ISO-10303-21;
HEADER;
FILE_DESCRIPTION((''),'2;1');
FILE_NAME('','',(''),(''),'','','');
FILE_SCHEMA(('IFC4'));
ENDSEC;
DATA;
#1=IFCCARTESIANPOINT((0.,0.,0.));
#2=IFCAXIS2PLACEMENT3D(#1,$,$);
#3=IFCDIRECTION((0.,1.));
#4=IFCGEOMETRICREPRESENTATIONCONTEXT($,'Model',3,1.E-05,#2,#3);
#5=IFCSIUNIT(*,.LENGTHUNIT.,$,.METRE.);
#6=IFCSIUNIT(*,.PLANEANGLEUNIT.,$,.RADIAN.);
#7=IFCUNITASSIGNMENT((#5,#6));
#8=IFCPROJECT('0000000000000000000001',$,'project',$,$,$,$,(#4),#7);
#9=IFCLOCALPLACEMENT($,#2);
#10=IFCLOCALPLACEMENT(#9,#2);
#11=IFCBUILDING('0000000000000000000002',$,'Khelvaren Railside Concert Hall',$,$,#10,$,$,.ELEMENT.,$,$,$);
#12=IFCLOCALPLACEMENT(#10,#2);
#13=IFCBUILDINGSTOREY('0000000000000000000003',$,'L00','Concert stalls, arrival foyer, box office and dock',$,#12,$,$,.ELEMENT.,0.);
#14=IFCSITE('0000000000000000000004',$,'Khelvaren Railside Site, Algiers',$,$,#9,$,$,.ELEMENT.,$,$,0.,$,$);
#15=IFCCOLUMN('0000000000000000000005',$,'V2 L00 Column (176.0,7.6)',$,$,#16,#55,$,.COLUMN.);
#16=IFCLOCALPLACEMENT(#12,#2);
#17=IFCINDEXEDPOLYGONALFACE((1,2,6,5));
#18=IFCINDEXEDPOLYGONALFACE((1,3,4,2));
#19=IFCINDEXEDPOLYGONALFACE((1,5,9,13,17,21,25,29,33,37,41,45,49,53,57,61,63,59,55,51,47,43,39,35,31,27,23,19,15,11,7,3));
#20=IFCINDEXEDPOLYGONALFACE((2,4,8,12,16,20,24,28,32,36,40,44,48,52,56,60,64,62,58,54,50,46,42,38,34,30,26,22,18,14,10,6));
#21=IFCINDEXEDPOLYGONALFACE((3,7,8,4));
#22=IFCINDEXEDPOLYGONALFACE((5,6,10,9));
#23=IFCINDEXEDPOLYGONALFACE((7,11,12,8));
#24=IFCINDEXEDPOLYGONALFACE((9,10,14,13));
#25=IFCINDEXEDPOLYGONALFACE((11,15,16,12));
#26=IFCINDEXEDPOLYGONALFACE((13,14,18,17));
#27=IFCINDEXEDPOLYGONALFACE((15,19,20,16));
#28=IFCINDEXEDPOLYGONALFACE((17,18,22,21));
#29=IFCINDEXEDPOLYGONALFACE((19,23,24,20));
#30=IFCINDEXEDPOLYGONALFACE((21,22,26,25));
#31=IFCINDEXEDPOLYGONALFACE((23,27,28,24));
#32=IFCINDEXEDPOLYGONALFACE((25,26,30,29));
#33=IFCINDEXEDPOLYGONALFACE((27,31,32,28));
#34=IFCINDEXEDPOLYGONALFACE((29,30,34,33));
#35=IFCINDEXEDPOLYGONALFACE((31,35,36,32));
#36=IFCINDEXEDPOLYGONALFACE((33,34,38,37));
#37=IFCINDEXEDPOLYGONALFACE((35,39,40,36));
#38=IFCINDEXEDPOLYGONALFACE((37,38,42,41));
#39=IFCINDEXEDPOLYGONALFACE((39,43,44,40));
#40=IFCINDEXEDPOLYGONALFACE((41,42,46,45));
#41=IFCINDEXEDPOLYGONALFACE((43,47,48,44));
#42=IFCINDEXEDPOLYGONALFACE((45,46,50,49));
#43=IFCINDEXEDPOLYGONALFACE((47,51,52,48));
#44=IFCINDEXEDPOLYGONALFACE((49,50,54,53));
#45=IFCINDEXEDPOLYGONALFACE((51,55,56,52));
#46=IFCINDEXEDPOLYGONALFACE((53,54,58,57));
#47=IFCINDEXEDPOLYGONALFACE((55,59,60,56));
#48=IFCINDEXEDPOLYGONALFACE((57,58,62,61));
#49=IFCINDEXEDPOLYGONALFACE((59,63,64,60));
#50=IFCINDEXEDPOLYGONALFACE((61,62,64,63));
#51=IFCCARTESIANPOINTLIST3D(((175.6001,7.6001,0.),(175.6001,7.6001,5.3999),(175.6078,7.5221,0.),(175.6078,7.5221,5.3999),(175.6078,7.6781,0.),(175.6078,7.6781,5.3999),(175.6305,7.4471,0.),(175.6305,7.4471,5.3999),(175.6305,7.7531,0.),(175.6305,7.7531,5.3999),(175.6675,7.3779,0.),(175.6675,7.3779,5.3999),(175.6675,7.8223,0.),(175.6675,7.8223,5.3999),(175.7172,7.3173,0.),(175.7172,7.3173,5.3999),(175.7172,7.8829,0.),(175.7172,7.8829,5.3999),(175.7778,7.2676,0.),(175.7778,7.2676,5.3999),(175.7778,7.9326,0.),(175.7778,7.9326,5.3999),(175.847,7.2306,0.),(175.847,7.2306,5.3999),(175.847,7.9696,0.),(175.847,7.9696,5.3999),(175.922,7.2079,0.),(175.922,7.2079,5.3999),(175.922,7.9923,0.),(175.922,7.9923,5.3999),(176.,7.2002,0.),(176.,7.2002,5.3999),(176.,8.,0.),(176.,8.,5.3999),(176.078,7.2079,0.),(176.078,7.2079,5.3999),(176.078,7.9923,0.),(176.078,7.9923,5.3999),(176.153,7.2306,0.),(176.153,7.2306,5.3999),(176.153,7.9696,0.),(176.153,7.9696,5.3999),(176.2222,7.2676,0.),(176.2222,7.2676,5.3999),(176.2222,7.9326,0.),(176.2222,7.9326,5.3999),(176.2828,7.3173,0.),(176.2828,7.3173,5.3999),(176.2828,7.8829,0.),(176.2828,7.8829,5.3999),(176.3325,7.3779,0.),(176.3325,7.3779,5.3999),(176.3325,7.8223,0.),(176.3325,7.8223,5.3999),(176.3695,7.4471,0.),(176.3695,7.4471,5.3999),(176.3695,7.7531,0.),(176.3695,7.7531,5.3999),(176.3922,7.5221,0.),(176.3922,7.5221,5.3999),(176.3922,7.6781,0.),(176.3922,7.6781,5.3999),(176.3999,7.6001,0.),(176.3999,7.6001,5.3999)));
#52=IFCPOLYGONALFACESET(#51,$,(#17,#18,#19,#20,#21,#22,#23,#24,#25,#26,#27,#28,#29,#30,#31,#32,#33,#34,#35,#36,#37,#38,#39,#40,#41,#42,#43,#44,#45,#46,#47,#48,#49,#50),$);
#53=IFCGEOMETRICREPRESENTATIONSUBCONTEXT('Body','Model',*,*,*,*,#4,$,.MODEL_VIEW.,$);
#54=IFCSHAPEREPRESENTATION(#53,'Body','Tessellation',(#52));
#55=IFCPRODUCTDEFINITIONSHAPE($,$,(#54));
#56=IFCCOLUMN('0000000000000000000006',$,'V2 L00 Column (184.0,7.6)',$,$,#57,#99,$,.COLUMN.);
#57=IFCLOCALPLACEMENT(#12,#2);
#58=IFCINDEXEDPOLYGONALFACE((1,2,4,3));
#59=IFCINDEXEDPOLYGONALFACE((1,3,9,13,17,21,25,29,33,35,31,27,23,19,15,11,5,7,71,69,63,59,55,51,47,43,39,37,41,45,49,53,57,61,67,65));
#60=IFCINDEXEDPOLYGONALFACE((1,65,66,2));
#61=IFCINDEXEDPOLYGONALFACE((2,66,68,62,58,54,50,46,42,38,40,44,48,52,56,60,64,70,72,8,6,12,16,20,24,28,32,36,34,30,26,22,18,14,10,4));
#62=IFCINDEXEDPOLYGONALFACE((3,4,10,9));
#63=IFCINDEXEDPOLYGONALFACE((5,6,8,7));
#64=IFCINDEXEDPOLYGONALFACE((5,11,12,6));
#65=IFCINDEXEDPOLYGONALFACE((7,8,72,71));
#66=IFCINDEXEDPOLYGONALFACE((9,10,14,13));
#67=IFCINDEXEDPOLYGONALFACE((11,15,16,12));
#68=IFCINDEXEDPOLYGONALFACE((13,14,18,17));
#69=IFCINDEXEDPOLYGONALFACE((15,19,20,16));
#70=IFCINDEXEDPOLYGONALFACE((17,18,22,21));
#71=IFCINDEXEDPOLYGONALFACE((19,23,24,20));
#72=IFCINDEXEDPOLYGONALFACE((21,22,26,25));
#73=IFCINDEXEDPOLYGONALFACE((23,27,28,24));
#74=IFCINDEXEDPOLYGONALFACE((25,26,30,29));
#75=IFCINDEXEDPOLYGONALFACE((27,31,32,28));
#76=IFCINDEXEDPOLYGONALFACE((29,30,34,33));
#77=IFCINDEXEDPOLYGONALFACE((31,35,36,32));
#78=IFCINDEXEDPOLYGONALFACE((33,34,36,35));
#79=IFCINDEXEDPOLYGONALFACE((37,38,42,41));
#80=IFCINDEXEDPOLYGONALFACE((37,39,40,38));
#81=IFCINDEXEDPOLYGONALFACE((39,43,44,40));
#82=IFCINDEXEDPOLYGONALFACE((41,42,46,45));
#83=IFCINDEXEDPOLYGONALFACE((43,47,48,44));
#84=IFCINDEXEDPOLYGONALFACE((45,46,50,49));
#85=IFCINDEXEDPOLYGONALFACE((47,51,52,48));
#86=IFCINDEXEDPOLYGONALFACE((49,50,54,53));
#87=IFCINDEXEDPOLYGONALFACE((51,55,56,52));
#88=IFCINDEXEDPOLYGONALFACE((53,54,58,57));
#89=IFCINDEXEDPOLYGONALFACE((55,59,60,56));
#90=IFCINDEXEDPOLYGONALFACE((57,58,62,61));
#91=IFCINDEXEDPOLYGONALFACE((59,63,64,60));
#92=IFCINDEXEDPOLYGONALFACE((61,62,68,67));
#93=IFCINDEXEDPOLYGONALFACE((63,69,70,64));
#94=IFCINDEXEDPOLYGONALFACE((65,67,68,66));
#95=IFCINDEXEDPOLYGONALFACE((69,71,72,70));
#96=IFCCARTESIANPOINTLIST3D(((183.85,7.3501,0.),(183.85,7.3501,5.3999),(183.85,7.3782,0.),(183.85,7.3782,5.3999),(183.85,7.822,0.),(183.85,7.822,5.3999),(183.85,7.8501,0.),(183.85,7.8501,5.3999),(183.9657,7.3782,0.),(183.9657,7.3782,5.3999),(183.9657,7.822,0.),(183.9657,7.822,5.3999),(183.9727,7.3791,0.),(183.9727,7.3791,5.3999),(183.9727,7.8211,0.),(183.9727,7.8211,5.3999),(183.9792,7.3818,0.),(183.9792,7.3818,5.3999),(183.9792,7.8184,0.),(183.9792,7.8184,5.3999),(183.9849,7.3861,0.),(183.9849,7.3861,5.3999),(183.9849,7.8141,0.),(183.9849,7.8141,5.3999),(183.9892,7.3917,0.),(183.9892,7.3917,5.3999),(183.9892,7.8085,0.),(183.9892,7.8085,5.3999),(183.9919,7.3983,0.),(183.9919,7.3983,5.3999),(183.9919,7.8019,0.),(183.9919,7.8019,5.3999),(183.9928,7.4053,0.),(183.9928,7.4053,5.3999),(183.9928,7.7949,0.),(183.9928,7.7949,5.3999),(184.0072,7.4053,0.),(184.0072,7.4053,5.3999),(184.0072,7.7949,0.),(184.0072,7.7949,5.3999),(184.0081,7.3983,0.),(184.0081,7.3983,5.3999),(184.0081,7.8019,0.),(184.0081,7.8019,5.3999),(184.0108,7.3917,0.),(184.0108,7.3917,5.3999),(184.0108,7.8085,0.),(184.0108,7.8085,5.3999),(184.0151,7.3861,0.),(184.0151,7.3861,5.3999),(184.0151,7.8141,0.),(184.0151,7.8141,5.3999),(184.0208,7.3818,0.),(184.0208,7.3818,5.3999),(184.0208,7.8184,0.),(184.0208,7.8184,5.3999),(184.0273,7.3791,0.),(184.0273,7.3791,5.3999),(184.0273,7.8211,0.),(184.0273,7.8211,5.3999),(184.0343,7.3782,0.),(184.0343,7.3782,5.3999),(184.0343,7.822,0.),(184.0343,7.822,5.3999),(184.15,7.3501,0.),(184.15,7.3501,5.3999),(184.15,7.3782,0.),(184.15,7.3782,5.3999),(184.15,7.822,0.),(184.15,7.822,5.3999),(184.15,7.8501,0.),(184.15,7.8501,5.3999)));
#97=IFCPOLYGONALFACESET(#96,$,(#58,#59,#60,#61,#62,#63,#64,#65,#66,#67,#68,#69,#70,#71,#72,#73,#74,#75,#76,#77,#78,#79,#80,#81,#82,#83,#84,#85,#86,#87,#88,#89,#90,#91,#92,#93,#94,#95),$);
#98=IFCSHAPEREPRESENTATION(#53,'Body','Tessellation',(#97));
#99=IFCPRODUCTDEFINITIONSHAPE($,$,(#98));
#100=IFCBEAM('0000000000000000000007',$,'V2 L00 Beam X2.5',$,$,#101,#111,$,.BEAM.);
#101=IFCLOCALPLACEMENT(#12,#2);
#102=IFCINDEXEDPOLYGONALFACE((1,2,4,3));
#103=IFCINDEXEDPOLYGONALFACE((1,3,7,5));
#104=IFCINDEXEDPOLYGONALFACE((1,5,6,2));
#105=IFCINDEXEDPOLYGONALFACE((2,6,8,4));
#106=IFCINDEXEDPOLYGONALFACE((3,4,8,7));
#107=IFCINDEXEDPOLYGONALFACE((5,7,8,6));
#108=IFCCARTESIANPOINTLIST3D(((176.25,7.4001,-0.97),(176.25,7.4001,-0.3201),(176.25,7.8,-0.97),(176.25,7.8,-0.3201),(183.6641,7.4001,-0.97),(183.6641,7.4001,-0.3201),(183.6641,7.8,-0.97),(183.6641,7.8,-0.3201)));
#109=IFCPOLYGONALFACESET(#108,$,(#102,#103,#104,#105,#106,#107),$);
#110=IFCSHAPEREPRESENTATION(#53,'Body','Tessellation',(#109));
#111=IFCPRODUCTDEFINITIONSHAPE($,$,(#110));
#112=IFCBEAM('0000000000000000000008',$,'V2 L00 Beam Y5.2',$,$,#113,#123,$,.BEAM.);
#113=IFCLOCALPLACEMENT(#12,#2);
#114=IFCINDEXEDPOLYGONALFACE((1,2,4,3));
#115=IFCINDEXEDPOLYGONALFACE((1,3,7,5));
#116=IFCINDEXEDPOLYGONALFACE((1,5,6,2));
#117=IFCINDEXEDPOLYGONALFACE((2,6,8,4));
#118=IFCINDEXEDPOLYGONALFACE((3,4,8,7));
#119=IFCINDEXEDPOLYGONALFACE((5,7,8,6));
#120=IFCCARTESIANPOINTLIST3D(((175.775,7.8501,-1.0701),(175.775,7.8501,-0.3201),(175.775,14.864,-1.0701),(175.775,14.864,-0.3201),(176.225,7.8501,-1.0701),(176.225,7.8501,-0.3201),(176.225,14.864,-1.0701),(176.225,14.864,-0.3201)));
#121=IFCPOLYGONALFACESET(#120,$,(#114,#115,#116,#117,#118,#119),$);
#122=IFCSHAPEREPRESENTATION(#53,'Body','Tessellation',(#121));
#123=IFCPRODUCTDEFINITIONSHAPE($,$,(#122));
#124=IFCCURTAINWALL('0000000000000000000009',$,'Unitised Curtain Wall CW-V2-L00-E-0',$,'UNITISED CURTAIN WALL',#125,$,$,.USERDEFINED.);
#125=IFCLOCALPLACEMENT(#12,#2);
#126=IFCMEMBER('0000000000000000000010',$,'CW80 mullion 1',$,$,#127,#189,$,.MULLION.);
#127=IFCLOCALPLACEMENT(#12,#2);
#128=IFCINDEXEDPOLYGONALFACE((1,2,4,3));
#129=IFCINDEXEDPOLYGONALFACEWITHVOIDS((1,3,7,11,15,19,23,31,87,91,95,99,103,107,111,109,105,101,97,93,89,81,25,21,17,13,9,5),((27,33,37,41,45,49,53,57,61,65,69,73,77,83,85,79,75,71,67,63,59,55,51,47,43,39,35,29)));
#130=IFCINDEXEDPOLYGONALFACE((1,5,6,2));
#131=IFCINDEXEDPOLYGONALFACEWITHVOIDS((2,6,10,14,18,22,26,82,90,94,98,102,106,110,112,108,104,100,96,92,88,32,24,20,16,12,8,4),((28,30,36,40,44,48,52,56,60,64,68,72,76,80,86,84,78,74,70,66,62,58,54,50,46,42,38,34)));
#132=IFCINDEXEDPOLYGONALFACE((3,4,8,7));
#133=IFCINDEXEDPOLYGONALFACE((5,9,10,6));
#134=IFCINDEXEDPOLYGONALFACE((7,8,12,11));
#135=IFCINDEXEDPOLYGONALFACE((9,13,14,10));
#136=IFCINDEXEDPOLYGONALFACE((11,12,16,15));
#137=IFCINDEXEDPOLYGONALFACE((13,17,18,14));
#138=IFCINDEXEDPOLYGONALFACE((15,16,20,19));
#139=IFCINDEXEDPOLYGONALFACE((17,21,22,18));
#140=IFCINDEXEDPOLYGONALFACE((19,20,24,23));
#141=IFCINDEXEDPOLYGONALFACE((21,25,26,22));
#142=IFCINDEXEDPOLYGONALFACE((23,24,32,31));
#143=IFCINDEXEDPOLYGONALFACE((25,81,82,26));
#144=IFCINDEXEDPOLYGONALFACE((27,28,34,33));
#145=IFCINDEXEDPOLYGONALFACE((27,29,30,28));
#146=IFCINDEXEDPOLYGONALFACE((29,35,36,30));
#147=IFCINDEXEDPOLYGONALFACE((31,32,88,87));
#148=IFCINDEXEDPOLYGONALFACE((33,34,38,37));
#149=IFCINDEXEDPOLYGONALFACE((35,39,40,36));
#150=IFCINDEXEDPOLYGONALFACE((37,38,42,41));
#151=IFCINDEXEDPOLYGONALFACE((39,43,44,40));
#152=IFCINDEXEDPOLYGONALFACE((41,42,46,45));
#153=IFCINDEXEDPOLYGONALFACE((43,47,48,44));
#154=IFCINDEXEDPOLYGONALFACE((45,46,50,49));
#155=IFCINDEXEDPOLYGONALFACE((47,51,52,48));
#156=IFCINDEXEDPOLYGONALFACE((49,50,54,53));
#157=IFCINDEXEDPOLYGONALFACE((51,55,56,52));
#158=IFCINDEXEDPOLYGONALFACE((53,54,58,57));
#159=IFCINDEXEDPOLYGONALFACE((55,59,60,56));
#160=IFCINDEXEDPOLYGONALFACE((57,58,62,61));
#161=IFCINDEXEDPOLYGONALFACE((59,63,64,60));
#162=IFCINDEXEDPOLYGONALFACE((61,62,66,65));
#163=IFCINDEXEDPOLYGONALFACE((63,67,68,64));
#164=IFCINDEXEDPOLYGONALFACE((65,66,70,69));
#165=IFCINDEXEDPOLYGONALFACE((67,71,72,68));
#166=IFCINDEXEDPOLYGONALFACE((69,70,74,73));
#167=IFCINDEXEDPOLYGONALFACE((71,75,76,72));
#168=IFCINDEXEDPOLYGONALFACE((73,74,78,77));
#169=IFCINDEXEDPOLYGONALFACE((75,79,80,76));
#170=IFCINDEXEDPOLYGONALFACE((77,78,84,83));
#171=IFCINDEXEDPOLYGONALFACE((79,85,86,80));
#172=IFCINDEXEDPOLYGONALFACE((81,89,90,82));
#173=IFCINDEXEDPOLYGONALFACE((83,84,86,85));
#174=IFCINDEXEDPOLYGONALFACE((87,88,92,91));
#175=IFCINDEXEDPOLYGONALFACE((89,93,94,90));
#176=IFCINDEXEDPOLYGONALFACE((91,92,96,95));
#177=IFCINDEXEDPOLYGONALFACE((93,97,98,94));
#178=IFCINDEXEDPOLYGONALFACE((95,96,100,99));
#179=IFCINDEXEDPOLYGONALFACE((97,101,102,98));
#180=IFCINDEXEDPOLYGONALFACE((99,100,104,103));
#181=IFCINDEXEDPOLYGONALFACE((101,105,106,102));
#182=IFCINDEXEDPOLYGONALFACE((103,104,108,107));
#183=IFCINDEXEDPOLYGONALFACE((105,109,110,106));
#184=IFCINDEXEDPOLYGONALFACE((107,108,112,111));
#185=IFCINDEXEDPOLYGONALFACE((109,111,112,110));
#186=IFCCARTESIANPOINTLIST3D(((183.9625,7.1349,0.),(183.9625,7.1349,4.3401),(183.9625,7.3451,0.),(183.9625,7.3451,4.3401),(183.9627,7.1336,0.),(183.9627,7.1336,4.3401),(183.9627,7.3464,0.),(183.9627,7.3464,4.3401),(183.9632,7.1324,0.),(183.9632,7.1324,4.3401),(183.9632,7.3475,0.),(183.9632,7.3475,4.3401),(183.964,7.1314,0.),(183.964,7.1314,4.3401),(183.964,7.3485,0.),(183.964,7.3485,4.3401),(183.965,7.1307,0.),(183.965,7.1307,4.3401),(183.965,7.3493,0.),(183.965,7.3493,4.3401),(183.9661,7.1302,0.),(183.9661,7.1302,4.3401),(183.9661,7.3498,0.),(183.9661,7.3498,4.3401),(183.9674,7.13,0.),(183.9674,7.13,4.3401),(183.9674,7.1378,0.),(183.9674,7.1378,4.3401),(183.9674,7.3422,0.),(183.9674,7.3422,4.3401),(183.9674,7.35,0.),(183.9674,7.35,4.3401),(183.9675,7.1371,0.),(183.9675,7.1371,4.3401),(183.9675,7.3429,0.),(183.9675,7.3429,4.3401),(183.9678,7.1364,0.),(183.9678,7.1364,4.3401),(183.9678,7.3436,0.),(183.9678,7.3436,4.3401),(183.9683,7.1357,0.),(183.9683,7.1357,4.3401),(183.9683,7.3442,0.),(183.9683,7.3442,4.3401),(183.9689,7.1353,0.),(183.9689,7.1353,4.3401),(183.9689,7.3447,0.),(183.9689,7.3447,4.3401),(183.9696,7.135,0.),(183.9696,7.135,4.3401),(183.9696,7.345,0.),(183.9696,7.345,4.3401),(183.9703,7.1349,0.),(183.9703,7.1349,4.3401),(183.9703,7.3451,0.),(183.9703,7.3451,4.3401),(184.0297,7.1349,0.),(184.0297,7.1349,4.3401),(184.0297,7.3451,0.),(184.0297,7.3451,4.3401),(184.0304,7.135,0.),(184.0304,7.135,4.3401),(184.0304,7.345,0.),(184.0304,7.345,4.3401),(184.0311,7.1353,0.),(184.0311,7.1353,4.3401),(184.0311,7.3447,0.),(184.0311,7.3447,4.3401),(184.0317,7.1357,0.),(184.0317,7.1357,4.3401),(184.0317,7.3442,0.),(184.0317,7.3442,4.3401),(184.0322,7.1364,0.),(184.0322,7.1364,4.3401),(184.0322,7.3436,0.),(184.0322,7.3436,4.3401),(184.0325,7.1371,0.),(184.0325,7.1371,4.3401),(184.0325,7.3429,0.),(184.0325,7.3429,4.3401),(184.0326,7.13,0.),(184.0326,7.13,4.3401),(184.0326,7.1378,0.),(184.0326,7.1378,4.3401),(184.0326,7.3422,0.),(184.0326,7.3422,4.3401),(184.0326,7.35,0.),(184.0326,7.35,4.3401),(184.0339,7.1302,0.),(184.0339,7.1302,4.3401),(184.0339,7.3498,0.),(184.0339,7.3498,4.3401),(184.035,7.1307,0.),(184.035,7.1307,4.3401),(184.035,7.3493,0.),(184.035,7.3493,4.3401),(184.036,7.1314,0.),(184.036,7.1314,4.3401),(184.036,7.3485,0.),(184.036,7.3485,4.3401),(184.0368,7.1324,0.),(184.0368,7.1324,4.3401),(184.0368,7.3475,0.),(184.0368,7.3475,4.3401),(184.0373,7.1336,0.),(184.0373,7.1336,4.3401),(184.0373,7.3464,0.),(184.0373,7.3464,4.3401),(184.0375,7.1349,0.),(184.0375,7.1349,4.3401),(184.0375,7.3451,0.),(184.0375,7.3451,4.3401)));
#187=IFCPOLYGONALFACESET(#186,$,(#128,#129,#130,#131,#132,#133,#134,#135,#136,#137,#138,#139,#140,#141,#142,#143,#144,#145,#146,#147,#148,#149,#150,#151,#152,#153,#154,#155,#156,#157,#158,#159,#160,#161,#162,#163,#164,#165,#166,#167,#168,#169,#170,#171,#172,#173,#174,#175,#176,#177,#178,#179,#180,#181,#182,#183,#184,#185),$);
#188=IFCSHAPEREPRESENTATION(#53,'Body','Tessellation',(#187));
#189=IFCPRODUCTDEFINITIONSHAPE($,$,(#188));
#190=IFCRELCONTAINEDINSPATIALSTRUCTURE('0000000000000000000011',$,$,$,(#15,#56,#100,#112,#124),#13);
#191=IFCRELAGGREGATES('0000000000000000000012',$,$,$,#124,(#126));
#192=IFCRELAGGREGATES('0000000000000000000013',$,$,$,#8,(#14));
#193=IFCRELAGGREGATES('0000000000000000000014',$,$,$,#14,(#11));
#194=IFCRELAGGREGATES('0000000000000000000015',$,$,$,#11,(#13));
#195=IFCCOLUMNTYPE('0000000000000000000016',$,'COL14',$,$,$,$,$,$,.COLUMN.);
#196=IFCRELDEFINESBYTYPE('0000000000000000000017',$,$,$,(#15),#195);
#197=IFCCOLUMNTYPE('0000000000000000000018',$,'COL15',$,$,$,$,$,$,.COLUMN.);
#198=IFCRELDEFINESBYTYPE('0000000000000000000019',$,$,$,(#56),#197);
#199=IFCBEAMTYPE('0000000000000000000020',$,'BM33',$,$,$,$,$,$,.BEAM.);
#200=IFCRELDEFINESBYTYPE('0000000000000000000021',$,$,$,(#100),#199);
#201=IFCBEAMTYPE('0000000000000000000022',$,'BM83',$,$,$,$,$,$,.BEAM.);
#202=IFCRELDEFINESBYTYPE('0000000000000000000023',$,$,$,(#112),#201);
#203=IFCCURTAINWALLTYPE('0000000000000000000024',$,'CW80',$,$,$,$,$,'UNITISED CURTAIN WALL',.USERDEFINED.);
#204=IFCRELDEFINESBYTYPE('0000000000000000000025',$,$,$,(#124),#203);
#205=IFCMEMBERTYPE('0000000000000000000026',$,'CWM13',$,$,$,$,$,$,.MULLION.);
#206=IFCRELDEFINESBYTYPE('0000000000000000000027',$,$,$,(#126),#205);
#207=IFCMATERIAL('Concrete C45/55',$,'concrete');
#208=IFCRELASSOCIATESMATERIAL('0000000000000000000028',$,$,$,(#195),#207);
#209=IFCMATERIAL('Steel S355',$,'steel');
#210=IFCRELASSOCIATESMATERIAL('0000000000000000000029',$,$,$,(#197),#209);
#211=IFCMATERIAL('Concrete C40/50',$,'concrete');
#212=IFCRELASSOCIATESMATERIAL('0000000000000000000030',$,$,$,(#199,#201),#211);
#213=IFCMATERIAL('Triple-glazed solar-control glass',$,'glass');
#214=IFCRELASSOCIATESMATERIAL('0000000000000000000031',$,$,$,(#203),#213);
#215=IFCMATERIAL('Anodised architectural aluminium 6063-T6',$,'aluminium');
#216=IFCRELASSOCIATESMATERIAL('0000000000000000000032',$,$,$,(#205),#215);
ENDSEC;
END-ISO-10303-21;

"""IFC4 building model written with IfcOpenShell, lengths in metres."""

from ifc_helpers import new_model, si_unit, direction, frame, origin, origin_2d, place, context, subcontext, project, spatial, rectangle, hollow_rectangle, circle, i_section, extrude, material, material_profile, profile_set, type_object, element, aggregate, save


model = new_model("IFC4")

# Units and contexts
model_context = context("Model", 3, precision=1e-05, world=origin(), true_north=direction((0.0, 1.0)))
body_context = subcontext(model_context, "Body", "Model", "MODEL_VIEW")
ifc_project = project(units=[si_unit("LENGTHUNIT", "METRE"), si_unit("PLANEANGLEUNIT", "RADIAN")], contexts=[model_context])

# Site, building, storey
site_placement = place(None, origin())
site = spatial("IfcSite", under=ifc_project, at=site_placement, Name="Khelvaren Railside Site, Algiers", CompositionType="ELEMENT", RefElevation=0.0)
building_placement = place(site_placement, origin())
building = spatial("IfcBuilding", under=site, at=building_placement, Name="Khelvaren Railside Concert Hall", CompositionType="ELEMENT")
storey_placement = place(building_placement, origin())
storey = spatial("IfcBuildingStorey", under=building, at=storey_placement, Name="L00", Description="Concert stalls, arrival foyer, box office and dock", CompositionType="ELEMENT", Elevation=0.0)

# Columns
ifc_material_1 = material(Name="Concrete C45/55", Category="concrete")
ifc_material_profile_1 = material_profile(ifc_material_1, circle(Radius=0.3999, at=origin_2d()), Name="RC D800")
ifc_profile_set_1 = profile_set([ifc_material_profile_1], Name="Concrete C45/55")
column_type_1 = type_object("IfcColumnType", Name="COL14", PredefinedType="COLUMN", material=ifc_profile_set_1)
column_1_placement = place(storey_placement, frame((176.0, 7.6001, 0.0), z_axis=(0.0, 0.0, 1.0), x_axis=(1.0, 0.0, 0.0)))
element("IfcColumn", 1, at=column_1_placement, inside=storey, type_object=column_type_1, Name="V2 L00 Column (176.0,7.6)", PredefinedType="COLUMN", context=body_context, shape_type="SweptSolid", body=[
    extrude(circle(Radius=0.3999, at=origin_2d()), origin(), (0.0, 0.0, 1.0), 5.3999),
])
ifc_material_2 = material(Name="Steel S355", Category="steel")
ifc_material_profile_2 = material_profile(ifc_material_2, i_section(OverallWidth=0.3, OverallDepth=0.5, WebThickness=0.0144, FlangeThickness=0.0281, FilletRadius=0.0271, at=origin_2d()), Name="HEB 500")
ifc_profile_set_2 = profile_set([ifc_material_profile_2], Name="Steel S355")
column_type_2 = type_object("IfcColumnType", Name="COL15", PredefinedType="COLUMN", material=ifc_profile_set_2)
column_2_placement = place(storey_placement, frame((184.0, 7.6001, 0.0), z_axis=(0.0, 0.0, 1.0), x_axis=(1.0, 0.0, 0.0)))
element("IfcColumn", 2, at=column_2_placement, inside=storey, type_object=column_type_2, Name="V2 L00 Column (184.0,7.6)", PredefinedType="COLUMN", context=body_context, shape_type="SweptSolid", body=[
    extrude(i_section(OverallWidth=0.3, OverallDepth=0.5, WebThickness=0.0144, FlangeThickness=0.0281, FilletRadius=0.0271, at=origin_2d()), origin(), (0.0, 0.0, 1.0), 5.3999),
])

# Beams
ifc_material_3 = material(Name="Concrete C40/50", Category="concrete")
ifc_material_profile_3 = material_profile(ifc_material_3, rectangle(XDim=0.3999, YDim=0.6499, at=origin_2d()), Name="RCB 400x650")
ifc_profile_set_3 = profile_set([ifc_material_profile_3], Name="Concrete C40/50")
beam_type_1 = type_object("IfcBeamType", Name="BM33", PredefinedType="BEAM", material=ifc_profile_set_3)
beam_1_placement = place(storey_placement, frame((176.25, 7.6001, -0.645), z_axis=(1.0, 0.0, 0.0), x_axis=(0.0, 1.0, 0.0)))
element("IfcBeam", 3, at=beam_1_placement, inside=storey, type_object=beam_type_1, Name="V2 L00 Beam X2.5", PredefinedType="BEAM", context=body_context, shape_type="SweptSolid", body=[
    extrude(rectangle(XDim=0.3999, YDim=0.6499, at=origin_2d()), origin(), (0.0, 0.0, 1.0), 7.4141),
])
ifc_material_profile_4 = material_profile(ifc_material_3, rectangle(XDim=0.45, YDim=0.75, at=origin_2d()), Name="RCB 450x750")
ifc_profile_set_4 = profile_set([ifc_material_profile_4], Name="Concrete C40/50")
beam_type_2 = type_object("IfcBeamType", Name="BM83", PredefinedType="BEAM", material=ifc_profile_set_4)
beam_2_placement = place(storey_placement, frame((176.0, 7.8501, -0.6951), z_axis=(0.0, 1.0, 0.0), x_axis=(-1.0, 0.0, 0.0)))
element("IfcBeam", 4, at=beam_2_placement, inside=storey, type_object=beam_type_2, Name="V2 L00 Beam Y5.2", PredefinedType="BEAM", context=body_context, shape_type="SweptSolid", body=[
    extrude(rectangle(XDim=0.45, YDim=0.75, at=origin_2d()), origin(), (0.0, 0.0, 1.0), 7.0139),
])

# Curtain wall, member
ifc_material_4 = material(Name="Triple-glazed solar-control glass", Category="glass")
curtain_wall_type_1 = type_object("IfcCurtainWallType", Name="CW80", ElementType="UNITISED CURTAIN WALL", PredefinedType="USERDEFINED", material=ifc_material_4)
curtain_wall_1_placement = place(storey_placement, origin())
curtain_wall_1 = element("IfcCurtainWall", 5, at=curtain_wall_1_placement, inside=storey, type_object=curtain_wall_type_1, Name="Unitised Curtain Wall CW-V2-L00-E-0", ObjectType="UNITISED CURTAIN WALL", PredefinedType="USERDEFINED")
ifc_material_5 = material(Name="Anodised architectural aluminium 6063-T6", Category="aluminium")
ifc_material_profile_5 = material_profile(ifc_material_5, hollow_rectangle(XDim=0.075, YDim=0.22, WallThickness=0.0049, InnerFilletRadius=0.0029, OuterFilletRadius=0.0049, at=origin_2d()), Name="CWM 75x220x5")
ifc_profile_set_5 = profile_set([ifc_material_profile_5], Name="Anodised architectural aluminium 6063-T6")
member_type_1 = type_object("IfcMemberType", Name="CWM13", PredefinedType="MULLION", material=ifc_profile_set_5)
member_1_placement = place(storey_placement, frame((184.0, 7.24, 0.0), z_axis=(0.0, 0.0, 1.0), x_axis=(1.0, 0.0, 0.0)))
member_1 = element("IfcMember", 6, at=member_1_placement, type_object=member_type_1, Name="CW80 mullion 1", PredefinedType="MULLION", context=body_context, shape_type="SweptSolid", body=[
    extrude(hollow_rectangle(XDim=0.075, YDim=0.22, WallThickness=0.0049, InnerFilletRadius=0.0029, OuterFilletRadius=0.0049, at=origin_2d()), origin(), (0.0, 0.0, 1.0), 4.3401),
])

aggregate(curtain_wall_1, [member_1])

save(model, "model.ifc")
